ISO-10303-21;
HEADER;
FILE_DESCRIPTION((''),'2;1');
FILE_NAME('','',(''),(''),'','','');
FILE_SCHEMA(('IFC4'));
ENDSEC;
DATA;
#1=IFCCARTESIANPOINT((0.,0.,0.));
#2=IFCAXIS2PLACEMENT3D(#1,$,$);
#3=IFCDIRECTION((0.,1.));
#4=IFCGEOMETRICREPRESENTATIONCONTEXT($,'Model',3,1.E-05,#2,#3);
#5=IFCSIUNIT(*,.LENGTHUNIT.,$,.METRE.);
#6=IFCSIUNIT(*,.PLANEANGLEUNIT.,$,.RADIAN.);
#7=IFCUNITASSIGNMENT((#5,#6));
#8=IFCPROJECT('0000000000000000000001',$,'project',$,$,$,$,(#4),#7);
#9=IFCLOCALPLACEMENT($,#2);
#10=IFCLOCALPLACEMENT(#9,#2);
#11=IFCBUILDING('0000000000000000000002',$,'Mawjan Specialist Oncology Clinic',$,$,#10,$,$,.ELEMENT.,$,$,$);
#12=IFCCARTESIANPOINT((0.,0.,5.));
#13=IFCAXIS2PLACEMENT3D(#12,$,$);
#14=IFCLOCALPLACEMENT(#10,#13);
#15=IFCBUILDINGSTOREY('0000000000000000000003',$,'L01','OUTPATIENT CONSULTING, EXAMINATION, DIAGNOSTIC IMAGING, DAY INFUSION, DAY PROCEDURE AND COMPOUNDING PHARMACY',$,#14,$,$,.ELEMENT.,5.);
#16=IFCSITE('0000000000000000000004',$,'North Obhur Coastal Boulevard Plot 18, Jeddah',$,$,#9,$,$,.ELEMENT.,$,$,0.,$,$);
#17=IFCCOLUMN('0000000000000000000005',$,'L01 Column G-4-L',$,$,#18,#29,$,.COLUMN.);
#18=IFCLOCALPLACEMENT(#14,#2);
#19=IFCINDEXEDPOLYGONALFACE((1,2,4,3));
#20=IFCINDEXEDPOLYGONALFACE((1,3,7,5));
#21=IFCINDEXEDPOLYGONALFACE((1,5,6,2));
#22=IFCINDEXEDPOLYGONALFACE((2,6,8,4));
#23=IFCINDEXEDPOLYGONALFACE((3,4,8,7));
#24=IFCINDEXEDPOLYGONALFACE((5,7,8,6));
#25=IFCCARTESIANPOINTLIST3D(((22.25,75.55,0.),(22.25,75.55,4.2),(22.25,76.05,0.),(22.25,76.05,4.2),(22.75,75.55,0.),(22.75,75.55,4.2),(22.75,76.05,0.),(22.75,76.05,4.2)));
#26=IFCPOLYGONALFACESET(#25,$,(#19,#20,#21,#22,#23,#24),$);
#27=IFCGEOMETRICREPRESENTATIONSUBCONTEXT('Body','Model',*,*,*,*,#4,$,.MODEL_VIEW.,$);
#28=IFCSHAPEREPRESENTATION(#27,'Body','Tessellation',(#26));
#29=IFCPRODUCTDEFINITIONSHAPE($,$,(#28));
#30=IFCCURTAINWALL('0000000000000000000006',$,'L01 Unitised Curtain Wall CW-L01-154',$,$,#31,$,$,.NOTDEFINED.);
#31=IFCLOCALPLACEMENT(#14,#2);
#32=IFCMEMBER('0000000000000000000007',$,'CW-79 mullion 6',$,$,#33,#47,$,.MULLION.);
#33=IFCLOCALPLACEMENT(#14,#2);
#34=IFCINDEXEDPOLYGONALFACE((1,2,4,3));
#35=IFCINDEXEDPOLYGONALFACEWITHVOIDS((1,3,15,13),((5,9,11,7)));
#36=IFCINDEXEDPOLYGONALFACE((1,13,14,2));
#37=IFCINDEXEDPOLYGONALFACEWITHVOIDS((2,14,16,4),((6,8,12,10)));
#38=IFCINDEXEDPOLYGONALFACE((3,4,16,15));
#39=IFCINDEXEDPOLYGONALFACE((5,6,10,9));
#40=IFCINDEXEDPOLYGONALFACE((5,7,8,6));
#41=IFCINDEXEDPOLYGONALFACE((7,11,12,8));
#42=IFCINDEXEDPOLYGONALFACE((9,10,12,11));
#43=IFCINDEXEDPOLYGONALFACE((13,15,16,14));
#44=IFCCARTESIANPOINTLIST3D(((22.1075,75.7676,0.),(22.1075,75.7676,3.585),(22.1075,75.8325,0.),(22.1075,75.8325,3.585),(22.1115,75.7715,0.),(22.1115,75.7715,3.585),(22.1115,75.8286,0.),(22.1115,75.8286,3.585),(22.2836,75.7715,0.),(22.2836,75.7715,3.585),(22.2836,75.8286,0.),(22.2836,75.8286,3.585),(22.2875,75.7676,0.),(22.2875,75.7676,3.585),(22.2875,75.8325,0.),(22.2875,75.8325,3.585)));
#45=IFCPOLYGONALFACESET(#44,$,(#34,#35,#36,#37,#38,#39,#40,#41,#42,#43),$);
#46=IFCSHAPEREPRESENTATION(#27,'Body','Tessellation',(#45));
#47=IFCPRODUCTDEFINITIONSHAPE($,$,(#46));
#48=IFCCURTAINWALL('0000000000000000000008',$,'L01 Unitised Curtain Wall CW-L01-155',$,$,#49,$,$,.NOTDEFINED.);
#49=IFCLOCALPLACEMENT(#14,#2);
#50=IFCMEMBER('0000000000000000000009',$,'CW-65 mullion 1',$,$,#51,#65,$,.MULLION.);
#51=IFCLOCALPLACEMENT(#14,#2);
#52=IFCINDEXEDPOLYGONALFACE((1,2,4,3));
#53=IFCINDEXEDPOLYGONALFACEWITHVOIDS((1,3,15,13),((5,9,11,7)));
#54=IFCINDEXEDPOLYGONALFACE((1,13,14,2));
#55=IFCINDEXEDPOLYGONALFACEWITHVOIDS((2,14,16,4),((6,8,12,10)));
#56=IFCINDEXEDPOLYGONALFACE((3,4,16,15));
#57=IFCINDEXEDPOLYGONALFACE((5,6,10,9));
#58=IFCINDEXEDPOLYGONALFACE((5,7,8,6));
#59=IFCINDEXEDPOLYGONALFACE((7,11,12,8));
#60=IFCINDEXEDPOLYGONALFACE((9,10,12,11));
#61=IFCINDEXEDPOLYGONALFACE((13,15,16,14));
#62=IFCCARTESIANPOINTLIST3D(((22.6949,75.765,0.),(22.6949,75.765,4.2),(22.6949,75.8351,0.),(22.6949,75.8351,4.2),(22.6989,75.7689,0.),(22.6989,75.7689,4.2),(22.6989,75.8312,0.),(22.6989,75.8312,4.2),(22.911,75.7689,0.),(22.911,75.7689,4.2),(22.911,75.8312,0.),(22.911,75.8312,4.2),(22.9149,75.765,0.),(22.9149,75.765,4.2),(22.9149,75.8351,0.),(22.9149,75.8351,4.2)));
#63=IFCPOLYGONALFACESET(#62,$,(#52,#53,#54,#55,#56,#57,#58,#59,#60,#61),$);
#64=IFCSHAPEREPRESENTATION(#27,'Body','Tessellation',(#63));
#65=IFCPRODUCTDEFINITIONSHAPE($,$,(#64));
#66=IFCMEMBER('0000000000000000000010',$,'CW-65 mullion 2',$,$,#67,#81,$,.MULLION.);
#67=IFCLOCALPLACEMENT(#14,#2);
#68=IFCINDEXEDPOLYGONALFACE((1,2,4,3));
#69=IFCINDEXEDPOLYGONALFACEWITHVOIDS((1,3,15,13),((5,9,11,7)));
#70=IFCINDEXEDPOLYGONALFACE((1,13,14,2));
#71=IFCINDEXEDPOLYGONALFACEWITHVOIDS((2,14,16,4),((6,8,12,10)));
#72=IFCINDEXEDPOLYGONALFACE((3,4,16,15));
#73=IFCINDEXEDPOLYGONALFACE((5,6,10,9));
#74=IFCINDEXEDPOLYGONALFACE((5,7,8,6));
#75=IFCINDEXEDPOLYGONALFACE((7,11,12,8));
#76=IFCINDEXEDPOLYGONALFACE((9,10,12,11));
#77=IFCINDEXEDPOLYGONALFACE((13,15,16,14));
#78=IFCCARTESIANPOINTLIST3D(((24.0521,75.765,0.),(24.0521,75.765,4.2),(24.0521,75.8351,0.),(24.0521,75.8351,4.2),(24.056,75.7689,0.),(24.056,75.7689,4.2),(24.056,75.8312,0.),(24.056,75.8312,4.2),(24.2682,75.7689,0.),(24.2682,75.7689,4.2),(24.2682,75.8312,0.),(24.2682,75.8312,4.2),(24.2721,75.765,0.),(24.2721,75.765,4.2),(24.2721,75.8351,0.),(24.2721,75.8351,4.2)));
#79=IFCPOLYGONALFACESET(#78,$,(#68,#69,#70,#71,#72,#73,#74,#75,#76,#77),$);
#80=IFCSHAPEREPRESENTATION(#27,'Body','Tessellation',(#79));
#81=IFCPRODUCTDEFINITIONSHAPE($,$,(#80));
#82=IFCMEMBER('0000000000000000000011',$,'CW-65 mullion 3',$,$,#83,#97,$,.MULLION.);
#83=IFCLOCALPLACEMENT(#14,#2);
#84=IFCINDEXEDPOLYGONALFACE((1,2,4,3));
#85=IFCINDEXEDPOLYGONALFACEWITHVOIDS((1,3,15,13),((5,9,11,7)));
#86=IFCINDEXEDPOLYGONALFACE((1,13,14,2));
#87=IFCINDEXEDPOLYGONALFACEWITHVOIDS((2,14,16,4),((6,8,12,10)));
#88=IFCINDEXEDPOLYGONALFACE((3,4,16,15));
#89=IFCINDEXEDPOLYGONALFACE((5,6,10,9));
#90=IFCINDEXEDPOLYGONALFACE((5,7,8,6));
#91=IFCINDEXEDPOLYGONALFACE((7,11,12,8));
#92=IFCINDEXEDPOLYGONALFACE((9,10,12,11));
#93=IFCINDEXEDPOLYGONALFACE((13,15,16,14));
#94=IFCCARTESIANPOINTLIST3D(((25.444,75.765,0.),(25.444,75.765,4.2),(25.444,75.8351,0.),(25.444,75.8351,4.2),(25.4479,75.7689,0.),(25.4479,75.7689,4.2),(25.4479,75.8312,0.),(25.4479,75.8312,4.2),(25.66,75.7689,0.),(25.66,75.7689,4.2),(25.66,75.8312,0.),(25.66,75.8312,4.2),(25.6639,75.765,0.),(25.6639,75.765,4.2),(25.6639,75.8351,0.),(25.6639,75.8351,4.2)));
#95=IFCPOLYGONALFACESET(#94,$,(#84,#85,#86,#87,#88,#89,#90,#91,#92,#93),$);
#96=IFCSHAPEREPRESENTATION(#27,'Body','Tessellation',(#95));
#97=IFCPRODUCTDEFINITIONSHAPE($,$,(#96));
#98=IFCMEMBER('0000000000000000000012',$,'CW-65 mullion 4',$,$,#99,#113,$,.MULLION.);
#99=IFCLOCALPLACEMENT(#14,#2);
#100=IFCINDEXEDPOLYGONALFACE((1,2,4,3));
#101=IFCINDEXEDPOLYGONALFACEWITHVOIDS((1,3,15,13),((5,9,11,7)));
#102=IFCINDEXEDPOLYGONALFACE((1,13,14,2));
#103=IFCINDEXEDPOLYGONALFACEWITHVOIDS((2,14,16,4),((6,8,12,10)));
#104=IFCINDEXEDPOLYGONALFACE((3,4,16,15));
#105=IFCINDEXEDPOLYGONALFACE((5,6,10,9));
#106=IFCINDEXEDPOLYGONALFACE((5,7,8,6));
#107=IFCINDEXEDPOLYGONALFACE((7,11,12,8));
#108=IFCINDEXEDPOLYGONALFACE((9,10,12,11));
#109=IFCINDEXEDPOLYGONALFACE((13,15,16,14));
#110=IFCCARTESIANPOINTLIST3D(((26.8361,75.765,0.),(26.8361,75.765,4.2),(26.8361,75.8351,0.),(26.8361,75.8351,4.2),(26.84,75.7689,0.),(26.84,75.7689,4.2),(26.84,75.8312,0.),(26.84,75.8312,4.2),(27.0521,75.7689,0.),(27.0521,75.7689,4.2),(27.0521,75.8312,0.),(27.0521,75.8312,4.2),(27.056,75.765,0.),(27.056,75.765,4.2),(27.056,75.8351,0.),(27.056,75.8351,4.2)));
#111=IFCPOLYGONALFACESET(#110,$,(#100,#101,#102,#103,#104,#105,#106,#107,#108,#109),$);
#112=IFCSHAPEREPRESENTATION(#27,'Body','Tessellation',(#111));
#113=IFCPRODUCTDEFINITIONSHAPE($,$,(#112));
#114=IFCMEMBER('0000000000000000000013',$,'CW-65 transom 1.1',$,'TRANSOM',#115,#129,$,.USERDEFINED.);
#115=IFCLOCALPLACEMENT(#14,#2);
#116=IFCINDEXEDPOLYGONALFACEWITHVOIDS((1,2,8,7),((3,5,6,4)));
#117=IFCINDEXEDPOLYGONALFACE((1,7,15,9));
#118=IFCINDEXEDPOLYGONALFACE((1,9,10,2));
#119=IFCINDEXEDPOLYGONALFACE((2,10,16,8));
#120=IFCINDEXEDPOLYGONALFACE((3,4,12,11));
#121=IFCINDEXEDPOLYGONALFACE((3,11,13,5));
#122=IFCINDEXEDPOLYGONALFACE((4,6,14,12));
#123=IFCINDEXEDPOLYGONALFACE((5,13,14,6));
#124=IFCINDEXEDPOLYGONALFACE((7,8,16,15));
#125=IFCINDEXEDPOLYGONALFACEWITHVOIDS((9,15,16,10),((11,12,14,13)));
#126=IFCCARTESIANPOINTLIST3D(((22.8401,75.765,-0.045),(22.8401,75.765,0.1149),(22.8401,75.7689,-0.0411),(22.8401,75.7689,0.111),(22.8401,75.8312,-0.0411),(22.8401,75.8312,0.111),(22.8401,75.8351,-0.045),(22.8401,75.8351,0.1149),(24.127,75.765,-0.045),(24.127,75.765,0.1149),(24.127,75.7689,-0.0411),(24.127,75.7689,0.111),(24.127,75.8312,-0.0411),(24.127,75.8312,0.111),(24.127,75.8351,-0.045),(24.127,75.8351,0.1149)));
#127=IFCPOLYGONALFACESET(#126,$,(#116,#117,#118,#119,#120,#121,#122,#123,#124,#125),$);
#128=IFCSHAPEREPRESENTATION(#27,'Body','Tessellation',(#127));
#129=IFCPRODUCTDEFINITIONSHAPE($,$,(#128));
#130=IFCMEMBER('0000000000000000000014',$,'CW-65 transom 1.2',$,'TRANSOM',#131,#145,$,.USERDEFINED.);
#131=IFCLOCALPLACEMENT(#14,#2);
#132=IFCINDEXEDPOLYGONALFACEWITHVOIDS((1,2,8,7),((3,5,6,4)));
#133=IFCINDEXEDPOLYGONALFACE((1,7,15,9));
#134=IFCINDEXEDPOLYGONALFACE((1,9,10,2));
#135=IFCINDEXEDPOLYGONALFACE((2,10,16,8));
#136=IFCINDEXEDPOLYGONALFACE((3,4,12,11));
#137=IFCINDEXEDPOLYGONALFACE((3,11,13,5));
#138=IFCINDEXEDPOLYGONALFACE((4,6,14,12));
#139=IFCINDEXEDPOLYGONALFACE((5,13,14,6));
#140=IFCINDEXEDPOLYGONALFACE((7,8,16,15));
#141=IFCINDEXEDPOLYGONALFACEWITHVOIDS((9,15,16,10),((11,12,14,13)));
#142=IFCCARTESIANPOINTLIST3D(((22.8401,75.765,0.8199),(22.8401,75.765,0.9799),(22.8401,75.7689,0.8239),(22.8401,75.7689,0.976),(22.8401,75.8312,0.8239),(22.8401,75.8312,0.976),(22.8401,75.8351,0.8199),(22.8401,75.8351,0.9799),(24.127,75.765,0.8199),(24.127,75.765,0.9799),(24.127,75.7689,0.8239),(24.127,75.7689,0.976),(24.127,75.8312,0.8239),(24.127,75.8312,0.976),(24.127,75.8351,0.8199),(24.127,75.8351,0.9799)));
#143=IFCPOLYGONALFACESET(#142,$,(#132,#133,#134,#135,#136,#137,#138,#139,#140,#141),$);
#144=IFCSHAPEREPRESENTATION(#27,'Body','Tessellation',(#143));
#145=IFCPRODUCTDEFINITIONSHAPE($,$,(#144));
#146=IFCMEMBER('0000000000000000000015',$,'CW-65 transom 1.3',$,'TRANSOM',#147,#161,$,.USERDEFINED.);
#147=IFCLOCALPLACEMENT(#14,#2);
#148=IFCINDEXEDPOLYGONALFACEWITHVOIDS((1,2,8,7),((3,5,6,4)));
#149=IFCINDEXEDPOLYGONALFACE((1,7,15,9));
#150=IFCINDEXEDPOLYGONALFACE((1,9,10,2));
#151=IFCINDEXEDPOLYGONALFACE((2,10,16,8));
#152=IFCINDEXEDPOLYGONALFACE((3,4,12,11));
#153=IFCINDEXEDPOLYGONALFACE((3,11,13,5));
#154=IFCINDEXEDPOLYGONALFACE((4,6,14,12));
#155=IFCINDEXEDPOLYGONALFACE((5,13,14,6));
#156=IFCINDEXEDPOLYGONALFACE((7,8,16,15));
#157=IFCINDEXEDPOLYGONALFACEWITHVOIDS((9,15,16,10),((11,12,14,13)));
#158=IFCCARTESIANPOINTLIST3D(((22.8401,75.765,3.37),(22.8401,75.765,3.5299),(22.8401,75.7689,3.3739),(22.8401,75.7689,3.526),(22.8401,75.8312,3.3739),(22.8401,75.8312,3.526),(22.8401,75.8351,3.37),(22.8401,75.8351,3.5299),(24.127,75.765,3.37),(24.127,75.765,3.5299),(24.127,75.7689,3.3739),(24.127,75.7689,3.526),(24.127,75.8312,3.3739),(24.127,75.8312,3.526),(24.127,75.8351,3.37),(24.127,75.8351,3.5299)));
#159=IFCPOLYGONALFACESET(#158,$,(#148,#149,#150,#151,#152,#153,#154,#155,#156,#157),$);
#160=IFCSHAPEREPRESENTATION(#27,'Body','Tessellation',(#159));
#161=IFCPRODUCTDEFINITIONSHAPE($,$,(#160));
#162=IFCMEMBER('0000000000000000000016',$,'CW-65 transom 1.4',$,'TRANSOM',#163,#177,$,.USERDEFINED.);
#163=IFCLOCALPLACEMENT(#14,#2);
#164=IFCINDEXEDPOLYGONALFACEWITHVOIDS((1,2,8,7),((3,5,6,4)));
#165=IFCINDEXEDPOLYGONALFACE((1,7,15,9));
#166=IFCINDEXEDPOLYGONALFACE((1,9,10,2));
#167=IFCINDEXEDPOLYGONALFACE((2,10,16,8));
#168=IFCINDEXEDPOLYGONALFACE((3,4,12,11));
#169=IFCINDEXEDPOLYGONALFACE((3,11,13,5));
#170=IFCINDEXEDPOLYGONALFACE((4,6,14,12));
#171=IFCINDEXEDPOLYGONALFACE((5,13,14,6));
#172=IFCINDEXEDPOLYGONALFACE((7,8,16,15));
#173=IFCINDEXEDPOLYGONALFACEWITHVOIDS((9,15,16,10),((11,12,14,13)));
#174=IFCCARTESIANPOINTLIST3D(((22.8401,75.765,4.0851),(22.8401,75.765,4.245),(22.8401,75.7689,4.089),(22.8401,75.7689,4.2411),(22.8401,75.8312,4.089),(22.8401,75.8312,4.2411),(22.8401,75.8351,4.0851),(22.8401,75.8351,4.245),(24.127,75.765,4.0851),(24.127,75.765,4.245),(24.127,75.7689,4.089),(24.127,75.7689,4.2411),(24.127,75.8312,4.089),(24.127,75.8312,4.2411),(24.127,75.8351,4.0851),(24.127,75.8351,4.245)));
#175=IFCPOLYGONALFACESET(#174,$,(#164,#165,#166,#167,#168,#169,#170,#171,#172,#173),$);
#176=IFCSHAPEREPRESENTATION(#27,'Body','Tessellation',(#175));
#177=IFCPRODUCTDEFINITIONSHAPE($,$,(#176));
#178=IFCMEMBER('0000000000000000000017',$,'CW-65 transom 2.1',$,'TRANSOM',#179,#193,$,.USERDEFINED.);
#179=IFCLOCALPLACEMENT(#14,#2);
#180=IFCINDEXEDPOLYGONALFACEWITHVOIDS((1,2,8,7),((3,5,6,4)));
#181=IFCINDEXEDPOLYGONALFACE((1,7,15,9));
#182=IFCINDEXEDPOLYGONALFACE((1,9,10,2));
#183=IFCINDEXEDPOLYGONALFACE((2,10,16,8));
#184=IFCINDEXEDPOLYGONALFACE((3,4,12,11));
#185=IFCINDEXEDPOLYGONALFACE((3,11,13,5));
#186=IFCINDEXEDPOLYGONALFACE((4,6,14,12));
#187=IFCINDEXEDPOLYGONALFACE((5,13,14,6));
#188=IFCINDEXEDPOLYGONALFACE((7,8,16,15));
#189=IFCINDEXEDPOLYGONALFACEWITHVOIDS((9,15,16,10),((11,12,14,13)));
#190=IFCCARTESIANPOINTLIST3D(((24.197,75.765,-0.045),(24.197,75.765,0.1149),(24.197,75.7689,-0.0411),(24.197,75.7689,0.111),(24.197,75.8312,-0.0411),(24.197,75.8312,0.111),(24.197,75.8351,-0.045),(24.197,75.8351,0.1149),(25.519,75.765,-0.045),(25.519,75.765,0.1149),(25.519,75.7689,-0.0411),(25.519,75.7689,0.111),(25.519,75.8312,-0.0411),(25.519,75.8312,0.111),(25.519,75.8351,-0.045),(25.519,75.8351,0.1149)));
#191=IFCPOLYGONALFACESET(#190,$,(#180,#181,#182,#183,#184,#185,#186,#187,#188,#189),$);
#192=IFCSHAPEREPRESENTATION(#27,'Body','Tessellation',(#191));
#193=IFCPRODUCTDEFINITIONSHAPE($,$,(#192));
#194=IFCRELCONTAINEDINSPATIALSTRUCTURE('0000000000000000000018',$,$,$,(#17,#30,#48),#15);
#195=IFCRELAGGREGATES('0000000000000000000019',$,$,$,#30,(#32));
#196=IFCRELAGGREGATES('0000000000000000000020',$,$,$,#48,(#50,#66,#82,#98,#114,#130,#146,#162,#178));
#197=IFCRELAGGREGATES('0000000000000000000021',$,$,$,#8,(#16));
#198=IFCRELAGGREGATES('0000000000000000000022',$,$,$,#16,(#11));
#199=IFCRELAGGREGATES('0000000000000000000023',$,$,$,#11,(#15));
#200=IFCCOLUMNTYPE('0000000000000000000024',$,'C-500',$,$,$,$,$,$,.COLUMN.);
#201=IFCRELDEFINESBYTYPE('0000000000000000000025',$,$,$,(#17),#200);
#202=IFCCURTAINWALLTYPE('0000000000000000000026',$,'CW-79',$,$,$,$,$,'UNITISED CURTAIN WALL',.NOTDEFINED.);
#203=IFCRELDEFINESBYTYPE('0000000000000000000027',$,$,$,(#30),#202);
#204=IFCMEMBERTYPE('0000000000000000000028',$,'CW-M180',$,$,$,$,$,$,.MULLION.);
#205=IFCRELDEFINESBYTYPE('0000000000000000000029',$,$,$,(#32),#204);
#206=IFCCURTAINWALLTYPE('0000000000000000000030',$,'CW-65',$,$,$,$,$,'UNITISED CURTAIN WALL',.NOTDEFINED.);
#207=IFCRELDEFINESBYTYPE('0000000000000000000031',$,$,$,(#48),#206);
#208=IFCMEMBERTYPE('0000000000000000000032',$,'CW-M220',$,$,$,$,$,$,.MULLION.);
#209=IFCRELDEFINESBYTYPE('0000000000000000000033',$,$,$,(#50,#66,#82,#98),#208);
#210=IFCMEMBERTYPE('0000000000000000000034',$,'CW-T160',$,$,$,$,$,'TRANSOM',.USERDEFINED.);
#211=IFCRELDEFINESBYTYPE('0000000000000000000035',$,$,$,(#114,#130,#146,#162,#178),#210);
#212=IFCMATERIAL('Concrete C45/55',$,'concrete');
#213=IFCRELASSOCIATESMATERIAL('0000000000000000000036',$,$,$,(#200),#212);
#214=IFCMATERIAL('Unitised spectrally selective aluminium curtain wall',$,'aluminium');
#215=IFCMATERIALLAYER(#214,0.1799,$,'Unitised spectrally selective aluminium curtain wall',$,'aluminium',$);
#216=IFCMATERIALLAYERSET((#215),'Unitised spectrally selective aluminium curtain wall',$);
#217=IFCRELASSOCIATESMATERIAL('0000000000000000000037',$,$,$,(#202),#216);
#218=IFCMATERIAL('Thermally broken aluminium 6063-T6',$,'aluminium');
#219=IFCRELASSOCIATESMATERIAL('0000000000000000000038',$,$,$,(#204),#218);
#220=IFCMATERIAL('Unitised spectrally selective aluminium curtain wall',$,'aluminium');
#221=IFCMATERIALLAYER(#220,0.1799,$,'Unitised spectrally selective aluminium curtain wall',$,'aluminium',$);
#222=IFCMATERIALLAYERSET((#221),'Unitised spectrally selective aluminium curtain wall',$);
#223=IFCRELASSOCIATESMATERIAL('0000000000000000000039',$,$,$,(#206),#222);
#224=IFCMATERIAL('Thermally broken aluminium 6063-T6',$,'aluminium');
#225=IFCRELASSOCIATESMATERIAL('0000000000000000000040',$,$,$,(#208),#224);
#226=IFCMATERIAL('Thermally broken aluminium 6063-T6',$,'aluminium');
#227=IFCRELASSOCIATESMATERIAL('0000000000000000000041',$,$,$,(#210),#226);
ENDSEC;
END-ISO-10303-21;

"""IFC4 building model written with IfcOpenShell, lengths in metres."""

from ifc_helpers import new_model, si_unit, direction, frame, origin, origin_2d, place, context, subcontext, project, spatial, rectangle, hollow_rectangle, extrude, material, layer, layer_set, material_profile, profile_set, type_object, element, aggregate, save


model = new_model("IFC4")

# Units and contexts
model_context = context("Model", 3, precision=1e-05, world=origin(), true_north=direction((0.0, 1.0)))
body_context = subcontext(model_context, "Body", "Model", "MODEL_VIEW")
ifc_project = project(units=[si_unit("LENGTHUNIT", "METRE"), si_unit("PLANEANGLEUNIT", "RADIAN")], contexts=[model_context])

# Site, building, storey
site_placement = place(None, origin())
site = spatial("IfcSite", under=ifc_project, at=site_placement, Name="North Obhur Coastal Boulevard Plot 18, Jeddah", CompositionType="ELEMENT", RefElevation=0.0)
building_placement = place(site_placement, origin())
building = spatial("IfcBuilding", under=site, at=building_placement, Name="Mawjan Specialist Oncology Clinic", CompositionType="ELEMENT")
storey_placement = place(building_placement, frame((0.0, 0.0, 5.0)))
storey = spatial("IfcBuildingStorey", under=building, at=storey_placement, Name="L01", Description="OUTPATIENT CONSULTING, EXAMINATION, DIAGNOSTIC IMAGING, DAY INFUSION, DAY PROCEDURE AND COMPOUNDING PHARMACY", CompositionType="ELEMENT", Elevation=5.0)

# Column
ifc_material_1 = material(Name="Concrete C45/55", Category="concrete")
ifc_material_profile_1 = material_profile(ifc_material_1, rectangle(XDim=0.5, YDim=0.5, at=origin_2d()), Name="RC COL 500x500", Category="concrete")
ifc_profile_set_1 = profile_set([ifc_material_profile_1], Name="Concrete C45/55")
column_type = type_object("IfcColumnType", Name="C-500", PredefinedType="COLUMN", material=ifc_profile_set_1)
column_placement = place(storey_placement, frame((22.5, 75.8, 0.0), z_axis=(0.0, 0.0, 1.0), x_axis=(1.0, 0.0, 0.0)))
element("IfcColumn", 1, at=column_placement, inside=storey, type_object=column_type, Name="L01 Column G-4-L", PredefinedType="COLUMN", context=body_context, shape_type="SweptSolid", body=[
    extrude(rectangle(XDim=0.5, YDim=0.5, at=origin_2d()), origin(), (0.0, 0.0, 1.0), 4.2),
])

# Curtain wall, member
ifc_material_2 = material(Name="Unitised spectrally selective aluminium curtain wall", Category="aluminium")
ifc_layer_1 = layer(ifc_material_2, 0.1799, Name="Unitised spectrally selective aluminium curtain wall", Category="aluminium")
ifc_layer_set_1 = layer_set([ifc_layer_1], Name="Unitised spectrally selective aluminium curtain wall")
curtain_wall_type_1 = type_object("IfcCurtainWallType", Name="CW-79", ElementType="UNITISED CURTAIN WALL", PredefinedType="NOTDEFINED", material=ifc_layer_set_1)
curtain_wall_1_placement = place(storey_placement, origin())
curtain_wall_1 = element("IfcCurtainWall", 2, at=curtain_wall_1_placement, inside=storey, type_object=curtain_wall_type_1, Name="L01 Unitised Curtain Wall CW-L01-154", PredefinedType="NOTDEFINED")
ifc_material_3 = material(Name="Thermally broken aluminium 6063-T6", Category="aluminium")
ifc_material_profile_2 = material_profile(ifc_material_3, hollow_rectangle(XDim=0.0649, YDim=0.1799, WallThickness=0.0039, at=origin_2d()), Name="ALU MULLION 180x65x4", Category="aluminium")
ifc_profile_set_2 = profile_set([ifc_material_profile_2], Name="Thermally broken aluminium 6063-T6")
member_type_1 = type_object("IfcMemberType", Name="CW-M180", PredefinedType="MULLION", material=ifc_profile_set_2)
member_1_placement = place(storey_placement, frame((22.1975, 75.8, 0.0), z_axis=(0.0, 0.0, 1.0), x_axis=(0.0, 1.0, 0.0)))
member_1 = element("IfcMember", 3, at=member_1_placement, type_object=member_type_1, Name="CW-79 mullion 6", PredefinedType="MULLION", context=body_context, shape_type="SweptSolid", body=[
    extrude(hollow_rectangle(XDim=0.0649, YDim=0.1799, WallThickness=0.0039, at=origin_2d()), origin(), (0.0, 0.0, 1.0), 3.585),
])

# Curtain wall, members
ifc_material_4 = material(Name="Unitised spectrally selective aluminium curtain wall", Category="aluminium")
ifc_layer_2 = layer(ifc_material_4, 0.1799, Name="Unitised spectrally selective aluminium curtain wall", Category="aluminium")
ifc_layer_set_2 = layer_set([ifc_layer_2], Name="Unitised spectrally selective aluminium curtain wall")
curtain_wall_type_2 = type_object("IfcCurtainWallType", Name="CW-65", ElementType="UNITISED CURTAIN WALL", PredefinedType="NOTDEFINED", material=ifc_layer_set_2)
curtain_wall_2_placement = place(storey_placement, origin())
curtain_wall_2 = element("IfcCurtainWall", 4, at=curtain_wall_2_placement, inside=storey, type_object=curtain_wall_type_2, Name="L01 Unitised Curtain Wall CW-L01-155", PredefinedType="NOTDEFINED")
ifc_material_5 = material(Name="Thermally broken aluminium 6063-T6", Category="aluminium")
ifc_material_profile_3 = material_profile(ifc_material_5, hollow_rectangle(XDim=0.0701, YDim=0.22, WallThickness=0.0039, at=origin_2d()), Name="ALU MULLION 220x70x4", Category="aluminium")
ifc_profile_set_3 = profile_set([ifc_material_profile_3], Name="Thermally broken aluminium 6063-T6")
member_type_2 = type_object("IfcMemberType", Name="CW-M220", PredefinedType="MULLION", material=ifc_profile_set_3)
member_2_placement = place(storey_placement, frame((22.8049, 75.8, 0.0), z_axis=(0.0, 0.0, 1.0), x_axis=(0.0, 1.0, 0.0)))
member_2 = element("IfcMember", 5, at=member_2_placement, type_object=member_type_2, Name="CW-65 mullion 1", PredefinedType="MULLION", context=body_context, shape_type="SweptSolid", body=[
    extrude(hollow_rectangle(XDim=0.0701, YDim=0.22, WallThickness=0.0039, at=origin_2d()), origin(), (0.0, 0.0, 1.0), 4.2),
])
member_3_placement = place(storey_placement, frame((24.1621, 75.8, 0.0), z_axis=(0.0, 0.0, 1.0), x_axis=(0.0, 1.0, 0.0)))
member_3 = element("IfcMember", 6, at=member_3_placement, type_object=member_type_2, Name="CW-65 mullion 2", PredefinedType="MULLION", context=body_context, shape_type="SweptSolid", body=[
    extrude(hollow_rectangle(XDim=0.0701, YDim=0.22, WallThickness=0.0039, at=origin_2d()), origin(), (0.0, 0.0, 1.0), 4.2),
])
member_4_placement = place(storey_placement, frame((25.554, 75.8, 0.0), z_axis=(0.0, 0.0, 1.0), x_axis=(0.0, 1.0, 0.0)))
member_4 = element("IfcMember", 7, at=member_4_placement, type_object=member_type_2, Name="CW-65 mullion 3", PredefinedType="MULLION", context=body_context, shape_type="SweptSolid", body=[
    extrude(hollow_rectangle(XDim=0.0701, YDim=0.22, WallThickness=0.0039, at=origin_2d()), origin(), (0.0, 0.0, 1.0), 4.2),
])
member_5_placement = place(storey_placement, frame((26.946, 75.8, 0.0), z_axis=(0.0, 0.0, 1.0), x_axis=(0.0, 1.0, 0.0)))
member_5 = element("IfcMember", 8, at=member_5_placement, type_object=member_type_2, Name="CW-65 mullion 4", PredefinedType="MULLION", context=body_context, shape_type="SweptSolid", body=[
    extrude(hollow_rectangle(XDim=0.0701, YDim=0.22, WallThickness=0.0039, at=origin_2d()), origin(), (0.0, 0.0, 1.0), 4.2),
])
ifc_material_6 = material(Name="Thermally broken aluminium 6063-T6", Category="aluminium")
ifc_material_profile_4 = material_profile(ifc_material_6, hollow_rectangle(XDim=0.0701, YDim=0.1599, WallThickness=0.0039, at=origin_2d()), Name="ALU TRANSOM 160x70x4", Category="aluminium")
ifc_profile_set_4 = profile_set([ifc_material_profile_4], Name="Thermally broken aluminium 6063-T6")
member_type_3 = type_object("IfcMemberType", Name="CW-T160", ElementType="TRANSOM", PredefinedType="USERDEFINED", material=ifc_profile_set_4)
member_6_placement = place(storey_placement, frame((22.8401, 75.8, 0.0349), z_axis=(1.0, 0.0, 0.0), x_axis=(0.0, 1.0, 0.0)))
member_6 = element("IfcMember", 9, at=member_6_placement, type_object=member_type_3, Name="CW-65 transom 1.1", ObjectType="TRANSOM", PredefinedType="USERDEFINED", context=body_context, shape_type="SweptSolid", body=[
    extrude(hollow_rectangle(XDim=0.0701, YDim=0.1599, WallThickness=0.0039, at=origin_2d()), origin(), (0.0, 0.0, 1.0), 1.2869),
])
member_7_placement = place(storey_placement, frame((22.8401, 75.8, 0.8999), z_axis=(1.0, 0.0, 0.0), x_axis=(0.0, 1.0, 0.0)))
member_7 = element("IfcMember", 10, at=member_7_placement, type_object=member_type_3, Name="CW-65 transom 1.2", ObjectType="TRANSOM", PredefinedType="USERDEFINED", context=body_context, shape_type="SweptSolid", body=[
    extrude(hollow_rectangle(XDim=0.0701, YDim=0.1599, WallThickness=0.0039, at=origin_2d()), origin(), (0.0, 0.0, 1.0), 1.2869),
])
member_8_placement = place(storey_placement, frame((22.8401, 75.8, 3.45), z_axis=(1.0, 0.0, 0.0), x_axis=(0.0, 1.0, 0.0)))
member_8 = element("IfcMember", 11, at=member_8_placement, type_object=member_type_3, Name="CW-65 transom 1.3", ObjectType="TRANSOM", PredefinedType="USERDEFINED", context=body_context, shape_type="SweptSolid", body=[
    extrude(hollow_rectangle(XDim=0.0701, YDim=0.1599, WallThickness=0.0039, at=origin_2d()), origin(), (0.0, 0.0, 1.0), 1.2869),
])
member_9_placement = place(storey_placement, frame((22.8401, 75.8, 4.165), z_axis=(1.0, 0.0, 0.0), x_axis=(0.0, 1.0, 0.0)))
member_9 = element("IfcMember", 12, at=member_9_placement, type_object=member_type_3, Name="CW-65 transom 1.4", ObjectType="TRANSOM", PredefinedType="USERDEFINED", context=body_context, shape_type="SweptSolid", body=[
    extrude(hollow_rectangle(XDim=0.0701, YDim=0.1599, WallThickness=0.0039, at=origin_2d()), origin(), (0.0, 0.0, 1.0), 1.2869),
])
member_10_placement = place(storey_placement, frame((24.197, 75.8, 0.0349), z_axis=(1.0, 0.0, 0.0), x_axis=(0.0, 1.0, 0.0)))
member_10 = element("IfcMember", 13, at=member_10_placement, type_object=member_type_3, Name="CW-65 transom 2.1", ObjectType="TRANSOM", PredefinedType="USERDEFINED", context=body_context, shape_type="SweptSolid", body=[
    extrude(hollow_rectangle(XDim=0.0701, YDim=0.1599, WallThickness=0.0039, at=origin_2d()), origin(), (0.0, 0.0, 1.0), 1.322),
])

aggregate(curtain_wall_1, [member_1])
aggregate(curtain_wall_2, [member_2, member_3, member_4, member_5, member_6, member_7, member_8, member_9, member_10])

save(model, "model.ifc")
